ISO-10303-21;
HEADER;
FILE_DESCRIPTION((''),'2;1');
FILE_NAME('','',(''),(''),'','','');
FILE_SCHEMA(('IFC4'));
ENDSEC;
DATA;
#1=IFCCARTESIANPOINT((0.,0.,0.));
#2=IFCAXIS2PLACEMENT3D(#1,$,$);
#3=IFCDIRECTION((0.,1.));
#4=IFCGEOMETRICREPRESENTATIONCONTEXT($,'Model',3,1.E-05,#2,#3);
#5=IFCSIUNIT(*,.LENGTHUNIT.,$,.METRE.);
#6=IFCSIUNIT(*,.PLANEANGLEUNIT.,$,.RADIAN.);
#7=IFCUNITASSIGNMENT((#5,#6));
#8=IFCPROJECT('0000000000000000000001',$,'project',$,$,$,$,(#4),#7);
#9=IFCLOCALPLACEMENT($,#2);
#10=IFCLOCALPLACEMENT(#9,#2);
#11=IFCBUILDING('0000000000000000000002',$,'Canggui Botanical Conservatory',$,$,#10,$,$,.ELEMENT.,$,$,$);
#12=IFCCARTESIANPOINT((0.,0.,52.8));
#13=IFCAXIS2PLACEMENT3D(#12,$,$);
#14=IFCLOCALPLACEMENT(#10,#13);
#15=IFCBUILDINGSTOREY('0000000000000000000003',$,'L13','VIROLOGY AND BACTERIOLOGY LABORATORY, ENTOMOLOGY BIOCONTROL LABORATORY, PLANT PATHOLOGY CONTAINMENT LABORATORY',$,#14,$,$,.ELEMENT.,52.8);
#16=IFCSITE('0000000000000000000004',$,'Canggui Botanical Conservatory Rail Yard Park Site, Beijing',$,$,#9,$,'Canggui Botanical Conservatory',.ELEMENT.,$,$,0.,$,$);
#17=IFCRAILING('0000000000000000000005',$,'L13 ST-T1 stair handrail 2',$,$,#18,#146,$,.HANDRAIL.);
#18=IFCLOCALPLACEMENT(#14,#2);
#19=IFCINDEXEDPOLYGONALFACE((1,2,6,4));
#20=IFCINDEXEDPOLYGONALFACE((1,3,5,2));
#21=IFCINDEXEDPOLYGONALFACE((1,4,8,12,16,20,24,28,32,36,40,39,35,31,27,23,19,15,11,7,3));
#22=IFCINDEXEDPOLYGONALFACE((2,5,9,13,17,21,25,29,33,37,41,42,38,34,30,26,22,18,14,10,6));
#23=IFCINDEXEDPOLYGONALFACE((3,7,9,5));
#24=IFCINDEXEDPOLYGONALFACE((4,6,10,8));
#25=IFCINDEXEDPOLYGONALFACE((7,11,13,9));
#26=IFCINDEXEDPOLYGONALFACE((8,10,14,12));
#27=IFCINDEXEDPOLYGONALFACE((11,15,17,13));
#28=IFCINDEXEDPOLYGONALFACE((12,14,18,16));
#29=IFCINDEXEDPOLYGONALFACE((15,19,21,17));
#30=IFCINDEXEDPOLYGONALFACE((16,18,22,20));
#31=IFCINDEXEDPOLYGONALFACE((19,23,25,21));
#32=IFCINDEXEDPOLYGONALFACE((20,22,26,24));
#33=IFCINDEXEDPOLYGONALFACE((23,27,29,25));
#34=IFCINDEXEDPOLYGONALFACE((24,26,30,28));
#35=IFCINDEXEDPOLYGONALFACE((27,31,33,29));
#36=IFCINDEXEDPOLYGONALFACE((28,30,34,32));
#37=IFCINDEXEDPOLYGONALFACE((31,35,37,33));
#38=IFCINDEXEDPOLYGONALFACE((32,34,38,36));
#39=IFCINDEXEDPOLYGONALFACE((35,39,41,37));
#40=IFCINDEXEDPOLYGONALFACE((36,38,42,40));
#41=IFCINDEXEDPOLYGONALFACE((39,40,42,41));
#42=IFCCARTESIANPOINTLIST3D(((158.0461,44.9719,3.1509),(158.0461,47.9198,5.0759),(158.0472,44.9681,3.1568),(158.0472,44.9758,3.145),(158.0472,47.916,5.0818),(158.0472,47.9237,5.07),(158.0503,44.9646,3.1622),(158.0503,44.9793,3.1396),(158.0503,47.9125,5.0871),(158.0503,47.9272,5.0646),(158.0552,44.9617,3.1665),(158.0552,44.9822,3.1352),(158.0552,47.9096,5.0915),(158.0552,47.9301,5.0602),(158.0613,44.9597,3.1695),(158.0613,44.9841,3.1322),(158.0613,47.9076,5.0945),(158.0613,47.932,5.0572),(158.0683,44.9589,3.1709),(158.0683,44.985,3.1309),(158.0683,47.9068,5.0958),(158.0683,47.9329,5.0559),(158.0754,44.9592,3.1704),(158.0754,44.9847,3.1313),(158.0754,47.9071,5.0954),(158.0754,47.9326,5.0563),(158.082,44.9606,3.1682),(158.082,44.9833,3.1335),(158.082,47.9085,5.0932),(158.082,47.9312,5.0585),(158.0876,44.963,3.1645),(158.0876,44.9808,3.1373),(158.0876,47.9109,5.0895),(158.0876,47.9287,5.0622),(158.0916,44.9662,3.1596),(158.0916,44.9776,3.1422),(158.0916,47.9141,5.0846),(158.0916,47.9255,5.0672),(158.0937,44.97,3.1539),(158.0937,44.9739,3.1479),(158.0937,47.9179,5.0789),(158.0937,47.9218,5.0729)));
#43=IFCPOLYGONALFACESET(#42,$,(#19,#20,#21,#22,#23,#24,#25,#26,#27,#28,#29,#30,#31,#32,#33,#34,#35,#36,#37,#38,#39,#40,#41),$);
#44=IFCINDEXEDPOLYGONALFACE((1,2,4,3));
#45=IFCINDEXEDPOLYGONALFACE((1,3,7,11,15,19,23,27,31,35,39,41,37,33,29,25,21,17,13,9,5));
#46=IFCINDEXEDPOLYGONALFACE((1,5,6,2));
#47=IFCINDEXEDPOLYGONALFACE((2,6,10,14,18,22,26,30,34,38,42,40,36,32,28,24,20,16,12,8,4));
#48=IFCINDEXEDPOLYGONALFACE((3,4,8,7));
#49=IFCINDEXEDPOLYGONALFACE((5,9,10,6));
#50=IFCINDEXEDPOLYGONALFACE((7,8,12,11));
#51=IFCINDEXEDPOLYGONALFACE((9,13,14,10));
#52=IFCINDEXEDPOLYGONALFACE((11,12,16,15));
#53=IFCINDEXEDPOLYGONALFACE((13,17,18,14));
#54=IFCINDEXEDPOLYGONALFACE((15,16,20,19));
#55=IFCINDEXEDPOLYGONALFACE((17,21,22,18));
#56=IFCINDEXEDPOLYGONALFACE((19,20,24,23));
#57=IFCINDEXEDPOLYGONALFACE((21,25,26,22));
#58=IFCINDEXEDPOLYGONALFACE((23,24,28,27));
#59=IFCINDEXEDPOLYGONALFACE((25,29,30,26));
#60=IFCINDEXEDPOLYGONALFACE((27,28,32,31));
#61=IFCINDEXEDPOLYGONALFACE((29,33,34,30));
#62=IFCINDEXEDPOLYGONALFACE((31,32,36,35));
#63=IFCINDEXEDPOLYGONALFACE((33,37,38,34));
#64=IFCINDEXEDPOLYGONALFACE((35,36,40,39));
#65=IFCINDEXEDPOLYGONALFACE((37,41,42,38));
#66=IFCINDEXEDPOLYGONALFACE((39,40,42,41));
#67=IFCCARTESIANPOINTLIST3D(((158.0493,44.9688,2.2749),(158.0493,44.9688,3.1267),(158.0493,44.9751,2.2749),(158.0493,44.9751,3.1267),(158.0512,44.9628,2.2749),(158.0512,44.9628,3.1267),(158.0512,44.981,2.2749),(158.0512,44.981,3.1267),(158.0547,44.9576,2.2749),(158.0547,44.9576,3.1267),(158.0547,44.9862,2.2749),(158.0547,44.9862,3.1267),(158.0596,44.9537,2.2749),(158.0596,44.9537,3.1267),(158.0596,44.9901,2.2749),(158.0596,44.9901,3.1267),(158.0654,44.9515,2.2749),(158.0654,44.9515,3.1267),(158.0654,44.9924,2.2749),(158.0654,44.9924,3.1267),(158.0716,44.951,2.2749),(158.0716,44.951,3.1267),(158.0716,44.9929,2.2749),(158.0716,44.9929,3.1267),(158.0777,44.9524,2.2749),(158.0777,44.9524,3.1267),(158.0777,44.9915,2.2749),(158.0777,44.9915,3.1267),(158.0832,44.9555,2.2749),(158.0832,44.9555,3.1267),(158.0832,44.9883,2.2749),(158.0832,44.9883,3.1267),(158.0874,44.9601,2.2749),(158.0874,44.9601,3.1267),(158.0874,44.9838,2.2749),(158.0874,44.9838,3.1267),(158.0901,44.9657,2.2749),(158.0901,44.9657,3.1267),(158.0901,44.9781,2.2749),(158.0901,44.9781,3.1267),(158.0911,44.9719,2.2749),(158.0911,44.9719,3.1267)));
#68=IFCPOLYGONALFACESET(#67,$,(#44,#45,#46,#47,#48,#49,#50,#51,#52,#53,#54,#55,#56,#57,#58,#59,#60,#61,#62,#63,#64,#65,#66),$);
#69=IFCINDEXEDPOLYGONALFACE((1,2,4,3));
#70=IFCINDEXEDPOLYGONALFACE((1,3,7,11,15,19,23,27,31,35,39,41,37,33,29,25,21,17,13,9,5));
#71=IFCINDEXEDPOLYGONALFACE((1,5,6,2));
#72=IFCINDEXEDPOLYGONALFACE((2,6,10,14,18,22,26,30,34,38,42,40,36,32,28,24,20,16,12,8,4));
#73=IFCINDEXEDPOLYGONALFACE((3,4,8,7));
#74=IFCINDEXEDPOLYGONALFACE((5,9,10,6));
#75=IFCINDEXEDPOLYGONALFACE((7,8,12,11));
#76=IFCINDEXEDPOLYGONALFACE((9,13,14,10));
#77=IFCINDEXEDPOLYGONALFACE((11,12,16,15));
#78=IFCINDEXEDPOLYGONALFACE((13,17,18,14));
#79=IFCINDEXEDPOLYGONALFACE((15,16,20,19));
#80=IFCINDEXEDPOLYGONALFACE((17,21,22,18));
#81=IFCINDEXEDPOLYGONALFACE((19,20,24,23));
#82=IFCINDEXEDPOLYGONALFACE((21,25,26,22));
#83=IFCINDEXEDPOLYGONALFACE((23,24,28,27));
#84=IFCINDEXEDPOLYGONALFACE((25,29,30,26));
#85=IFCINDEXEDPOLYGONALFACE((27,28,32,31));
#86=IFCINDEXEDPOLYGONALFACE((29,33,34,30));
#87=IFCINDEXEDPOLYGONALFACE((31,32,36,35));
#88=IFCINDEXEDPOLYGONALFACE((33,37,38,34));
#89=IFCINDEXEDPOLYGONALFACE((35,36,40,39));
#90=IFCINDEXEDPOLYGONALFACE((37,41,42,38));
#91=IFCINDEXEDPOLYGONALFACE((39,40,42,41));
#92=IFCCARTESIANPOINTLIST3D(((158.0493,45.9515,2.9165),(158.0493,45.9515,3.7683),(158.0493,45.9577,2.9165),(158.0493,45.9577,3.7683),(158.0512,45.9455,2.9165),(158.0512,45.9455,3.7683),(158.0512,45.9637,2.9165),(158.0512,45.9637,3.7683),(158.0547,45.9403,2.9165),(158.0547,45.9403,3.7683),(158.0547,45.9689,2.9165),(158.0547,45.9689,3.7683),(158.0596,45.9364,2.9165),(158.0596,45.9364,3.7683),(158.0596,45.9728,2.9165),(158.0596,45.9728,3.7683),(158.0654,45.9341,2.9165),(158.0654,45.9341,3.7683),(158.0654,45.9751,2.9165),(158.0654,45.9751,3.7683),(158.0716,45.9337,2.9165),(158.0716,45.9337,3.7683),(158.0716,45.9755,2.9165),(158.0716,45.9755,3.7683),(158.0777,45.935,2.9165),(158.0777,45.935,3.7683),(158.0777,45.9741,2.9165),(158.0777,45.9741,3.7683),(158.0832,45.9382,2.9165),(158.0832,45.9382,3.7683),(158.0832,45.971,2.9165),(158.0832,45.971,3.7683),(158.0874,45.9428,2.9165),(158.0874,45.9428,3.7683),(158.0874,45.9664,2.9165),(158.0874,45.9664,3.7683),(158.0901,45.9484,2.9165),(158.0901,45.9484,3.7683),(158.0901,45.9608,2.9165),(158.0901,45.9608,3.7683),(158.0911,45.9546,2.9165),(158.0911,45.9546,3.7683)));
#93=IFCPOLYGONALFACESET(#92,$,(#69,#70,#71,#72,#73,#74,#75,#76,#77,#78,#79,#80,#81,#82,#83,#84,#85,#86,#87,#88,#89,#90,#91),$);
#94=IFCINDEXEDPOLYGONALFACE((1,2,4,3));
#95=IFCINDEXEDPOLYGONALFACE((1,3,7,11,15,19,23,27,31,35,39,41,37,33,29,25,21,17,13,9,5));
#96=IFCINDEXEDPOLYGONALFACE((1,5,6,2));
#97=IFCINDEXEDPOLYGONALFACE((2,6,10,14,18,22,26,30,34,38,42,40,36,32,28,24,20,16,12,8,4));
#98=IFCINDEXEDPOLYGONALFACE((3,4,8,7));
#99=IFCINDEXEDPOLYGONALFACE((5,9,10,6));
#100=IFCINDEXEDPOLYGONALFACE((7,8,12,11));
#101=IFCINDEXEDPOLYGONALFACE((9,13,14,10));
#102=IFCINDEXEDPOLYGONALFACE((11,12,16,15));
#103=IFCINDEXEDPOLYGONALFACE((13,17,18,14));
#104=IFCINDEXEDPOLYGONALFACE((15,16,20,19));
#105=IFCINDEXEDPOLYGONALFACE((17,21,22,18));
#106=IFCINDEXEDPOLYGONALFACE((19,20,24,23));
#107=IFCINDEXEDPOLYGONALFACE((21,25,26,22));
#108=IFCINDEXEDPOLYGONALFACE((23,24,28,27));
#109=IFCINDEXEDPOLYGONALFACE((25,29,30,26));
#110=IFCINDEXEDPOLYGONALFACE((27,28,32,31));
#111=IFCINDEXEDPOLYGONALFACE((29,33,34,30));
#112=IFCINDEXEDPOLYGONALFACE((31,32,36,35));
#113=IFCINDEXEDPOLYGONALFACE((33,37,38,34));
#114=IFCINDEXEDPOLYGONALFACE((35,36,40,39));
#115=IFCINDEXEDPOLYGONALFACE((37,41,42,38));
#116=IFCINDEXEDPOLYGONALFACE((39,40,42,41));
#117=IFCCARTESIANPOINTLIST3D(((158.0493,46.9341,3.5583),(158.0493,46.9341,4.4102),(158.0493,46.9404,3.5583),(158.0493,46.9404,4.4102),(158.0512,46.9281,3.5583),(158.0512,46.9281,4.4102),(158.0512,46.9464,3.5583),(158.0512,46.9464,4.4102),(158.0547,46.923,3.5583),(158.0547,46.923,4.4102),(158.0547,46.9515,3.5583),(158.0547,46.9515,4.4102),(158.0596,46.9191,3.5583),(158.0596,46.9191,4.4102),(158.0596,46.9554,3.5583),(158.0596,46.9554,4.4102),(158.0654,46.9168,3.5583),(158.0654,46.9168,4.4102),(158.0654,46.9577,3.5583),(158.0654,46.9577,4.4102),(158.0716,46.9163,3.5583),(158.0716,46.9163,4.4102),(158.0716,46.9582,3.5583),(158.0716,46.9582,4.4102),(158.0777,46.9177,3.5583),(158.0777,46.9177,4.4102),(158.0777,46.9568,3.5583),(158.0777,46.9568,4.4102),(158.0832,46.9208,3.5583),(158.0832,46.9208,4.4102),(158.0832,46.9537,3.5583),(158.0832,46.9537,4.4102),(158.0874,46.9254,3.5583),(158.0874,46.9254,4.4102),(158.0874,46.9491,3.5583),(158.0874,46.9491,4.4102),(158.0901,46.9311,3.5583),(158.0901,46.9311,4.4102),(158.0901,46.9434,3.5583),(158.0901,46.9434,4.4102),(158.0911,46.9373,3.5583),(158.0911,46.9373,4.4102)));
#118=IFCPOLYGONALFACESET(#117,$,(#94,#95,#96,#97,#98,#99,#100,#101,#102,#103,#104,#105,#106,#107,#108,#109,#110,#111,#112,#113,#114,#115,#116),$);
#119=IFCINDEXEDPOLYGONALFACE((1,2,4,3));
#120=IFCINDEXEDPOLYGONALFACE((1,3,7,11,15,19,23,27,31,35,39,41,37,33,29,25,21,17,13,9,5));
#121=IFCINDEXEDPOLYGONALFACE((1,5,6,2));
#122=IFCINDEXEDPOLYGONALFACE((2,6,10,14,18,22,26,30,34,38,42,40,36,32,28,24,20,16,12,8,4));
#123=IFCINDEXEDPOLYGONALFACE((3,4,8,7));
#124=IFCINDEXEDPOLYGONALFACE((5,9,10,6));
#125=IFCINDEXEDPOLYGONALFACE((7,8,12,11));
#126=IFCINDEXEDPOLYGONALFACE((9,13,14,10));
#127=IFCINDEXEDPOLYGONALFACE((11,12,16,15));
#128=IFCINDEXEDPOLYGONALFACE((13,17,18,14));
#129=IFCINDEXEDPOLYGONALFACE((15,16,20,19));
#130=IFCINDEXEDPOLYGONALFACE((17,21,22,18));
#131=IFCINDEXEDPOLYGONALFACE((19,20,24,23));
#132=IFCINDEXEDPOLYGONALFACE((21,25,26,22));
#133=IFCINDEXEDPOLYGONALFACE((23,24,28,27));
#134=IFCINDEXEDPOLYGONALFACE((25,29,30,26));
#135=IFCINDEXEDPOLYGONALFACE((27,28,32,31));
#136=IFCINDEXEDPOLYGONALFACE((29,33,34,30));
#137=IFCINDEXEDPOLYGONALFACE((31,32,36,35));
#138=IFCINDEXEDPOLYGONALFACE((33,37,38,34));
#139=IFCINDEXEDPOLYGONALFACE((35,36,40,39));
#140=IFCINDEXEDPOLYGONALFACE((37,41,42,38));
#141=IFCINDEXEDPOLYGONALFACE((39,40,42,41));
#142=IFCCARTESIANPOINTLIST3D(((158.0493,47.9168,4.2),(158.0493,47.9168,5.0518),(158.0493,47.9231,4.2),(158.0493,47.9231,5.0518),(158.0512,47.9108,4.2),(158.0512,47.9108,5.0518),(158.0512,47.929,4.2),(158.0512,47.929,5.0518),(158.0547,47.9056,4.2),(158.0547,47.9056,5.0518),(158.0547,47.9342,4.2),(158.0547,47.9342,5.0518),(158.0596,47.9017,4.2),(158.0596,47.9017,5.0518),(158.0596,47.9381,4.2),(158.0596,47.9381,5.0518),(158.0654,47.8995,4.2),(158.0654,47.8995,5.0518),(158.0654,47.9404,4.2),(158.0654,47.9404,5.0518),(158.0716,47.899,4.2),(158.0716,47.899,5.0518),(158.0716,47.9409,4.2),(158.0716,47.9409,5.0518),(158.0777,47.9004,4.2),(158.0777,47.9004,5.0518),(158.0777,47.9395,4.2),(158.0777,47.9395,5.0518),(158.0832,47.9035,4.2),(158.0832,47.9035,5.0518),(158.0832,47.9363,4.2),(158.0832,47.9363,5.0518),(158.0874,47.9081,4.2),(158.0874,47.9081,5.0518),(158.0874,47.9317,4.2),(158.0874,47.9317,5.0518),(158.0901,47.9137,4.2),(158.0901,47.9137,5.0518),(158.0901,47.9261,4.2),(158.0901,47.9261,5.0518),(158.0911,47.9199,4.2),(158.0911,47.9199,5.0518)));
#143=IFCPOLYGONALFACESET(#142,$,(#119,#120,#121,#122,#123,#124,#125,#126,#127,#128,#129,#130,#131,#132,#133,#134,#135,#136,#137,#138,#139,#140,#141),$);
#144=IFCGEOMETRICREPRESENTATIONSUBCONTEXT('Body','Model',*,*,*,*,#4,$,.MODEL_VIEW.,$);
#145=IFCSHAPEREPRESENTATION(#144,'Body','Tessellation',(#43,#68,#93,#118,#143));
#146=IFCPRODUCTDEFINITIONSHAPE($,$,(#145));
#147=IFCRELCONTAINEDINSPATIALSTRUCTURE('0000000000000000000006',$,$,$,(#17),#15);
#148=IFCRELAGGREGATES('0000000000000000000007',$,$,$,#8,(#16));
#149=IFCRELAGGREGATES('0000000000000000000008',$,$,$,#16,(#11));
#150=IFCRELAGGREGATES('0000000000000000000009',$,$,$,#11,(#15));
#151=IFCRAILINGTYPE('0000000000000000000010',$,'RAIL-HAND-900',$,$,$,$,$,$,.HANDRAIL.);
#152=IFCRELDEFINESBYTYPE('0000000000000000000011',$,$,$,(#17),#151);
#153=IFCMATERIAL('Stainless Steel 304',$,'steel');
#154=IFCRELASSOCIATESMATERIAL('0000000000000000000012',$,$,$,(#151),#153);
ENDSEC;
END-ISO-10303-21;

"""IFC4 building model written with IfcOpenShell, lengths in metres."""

from ifc_helpers import new_model, si_unit, direction, frame, origin, origin_2d, place, context, subcontext, project, spatial, circle, extrude, material, type_object, element, save


model = new_model("IFC4")

# Units and contexts
model_context = context("Model", 3, precision=1e-05, world=origin(), true_north=direction((0.0, 1.0)))
body_context = subcontext(model_context, "Body", "Model", "MODEL_VIEW")
ifc_project = project(units=[si_unit("LENGTHUNIT", "METRE"), si_unit("PLANEANGLEUNIT", "RADIAN")], contexts=[model_context])

# Site, building, storey
site_placement = place(None, origin())
site = spatial("IfcSite", under=ifc_project, at=site_placement, Name="Canggui Botanical Conservatory Rail Yard Park Site, Beijing", LongName="Canggui Botanical Conservatory", CompositionType="ELEMENT", RefElevation=0.0)
building_placement = place(site_placement, origin())
building = spatial("IfcBuilding", under=site, at=building_placement, Name="Canggui Botanical Conservatory", CompositionType="ELEMENT")
storey_placement = place(building_placement, frame((0.0, 0.0, 52.8)))
storey = spatial("IfcBuildingStorey", under=building, at=storey_placement, Name="L13", Description="VIROLOGY AND BACTERIOLOGY LABORATORY, ENTOMOLOGY BIOCONTROL LABORATORY, PLANT PATHOLOGY CONTAINMENT LABORATORY", CompositionType="ELEMENT", Elevation=52.8)

# Shared definitions
ifc_material_1 = material(Name="Stainless Steel 304", Category="steel")

# Railing
railing_type_1 = type_object("IfcRailingType", Name="RAIL-HAND-900", PredefinedType="HANDRAIL", material=ifc_material_1)
railing_1_placement = place(storey_placement, frame((158.0701, 44.9719, 2.2749)))
element("IfcRailing", 1, at=railing_1_placement, inside=storey, type_object=railing_type_1, Name="L13 ST-T1 stair handrail 2", PredefinedType="HANDRAIL", context=body_context, shape_type="SweptSolid", body=[
    extrude(circle(Radius=0.0239, at=origin_2d()), frame((0.0, 0.0, 0.876), z_axis=(0.0, 0.837293, 0.546754), x_axis=(-1.0, 0.0, 0.0)), (0.0, 0.0, 1.0), 3.5208),
    extrude(circle(Radius=0.021, at=origin_2d()), origin(), (0.0, 0.0, 1.0), 0.8518),
    extrude(circle(Radius=0.021, at=origin_2d()), frame((0.0, 0.9827, 0.6416)), (0.0, 0.0, 1.0), 0.8518),
    extrude(circle(Radius=0.021, at=origin_2d()), frame((0.0, 1.9653, 1.2834)), (0.0, 0.0, 1.0), 0.8518),
    extrude(circle(Radius=0.021, at=origin_2d()), frame((0.0, 2.948, 1.925)), (0.0, 0.0, 1.0), 0.8518),
])

save(model, "model.ifc")
